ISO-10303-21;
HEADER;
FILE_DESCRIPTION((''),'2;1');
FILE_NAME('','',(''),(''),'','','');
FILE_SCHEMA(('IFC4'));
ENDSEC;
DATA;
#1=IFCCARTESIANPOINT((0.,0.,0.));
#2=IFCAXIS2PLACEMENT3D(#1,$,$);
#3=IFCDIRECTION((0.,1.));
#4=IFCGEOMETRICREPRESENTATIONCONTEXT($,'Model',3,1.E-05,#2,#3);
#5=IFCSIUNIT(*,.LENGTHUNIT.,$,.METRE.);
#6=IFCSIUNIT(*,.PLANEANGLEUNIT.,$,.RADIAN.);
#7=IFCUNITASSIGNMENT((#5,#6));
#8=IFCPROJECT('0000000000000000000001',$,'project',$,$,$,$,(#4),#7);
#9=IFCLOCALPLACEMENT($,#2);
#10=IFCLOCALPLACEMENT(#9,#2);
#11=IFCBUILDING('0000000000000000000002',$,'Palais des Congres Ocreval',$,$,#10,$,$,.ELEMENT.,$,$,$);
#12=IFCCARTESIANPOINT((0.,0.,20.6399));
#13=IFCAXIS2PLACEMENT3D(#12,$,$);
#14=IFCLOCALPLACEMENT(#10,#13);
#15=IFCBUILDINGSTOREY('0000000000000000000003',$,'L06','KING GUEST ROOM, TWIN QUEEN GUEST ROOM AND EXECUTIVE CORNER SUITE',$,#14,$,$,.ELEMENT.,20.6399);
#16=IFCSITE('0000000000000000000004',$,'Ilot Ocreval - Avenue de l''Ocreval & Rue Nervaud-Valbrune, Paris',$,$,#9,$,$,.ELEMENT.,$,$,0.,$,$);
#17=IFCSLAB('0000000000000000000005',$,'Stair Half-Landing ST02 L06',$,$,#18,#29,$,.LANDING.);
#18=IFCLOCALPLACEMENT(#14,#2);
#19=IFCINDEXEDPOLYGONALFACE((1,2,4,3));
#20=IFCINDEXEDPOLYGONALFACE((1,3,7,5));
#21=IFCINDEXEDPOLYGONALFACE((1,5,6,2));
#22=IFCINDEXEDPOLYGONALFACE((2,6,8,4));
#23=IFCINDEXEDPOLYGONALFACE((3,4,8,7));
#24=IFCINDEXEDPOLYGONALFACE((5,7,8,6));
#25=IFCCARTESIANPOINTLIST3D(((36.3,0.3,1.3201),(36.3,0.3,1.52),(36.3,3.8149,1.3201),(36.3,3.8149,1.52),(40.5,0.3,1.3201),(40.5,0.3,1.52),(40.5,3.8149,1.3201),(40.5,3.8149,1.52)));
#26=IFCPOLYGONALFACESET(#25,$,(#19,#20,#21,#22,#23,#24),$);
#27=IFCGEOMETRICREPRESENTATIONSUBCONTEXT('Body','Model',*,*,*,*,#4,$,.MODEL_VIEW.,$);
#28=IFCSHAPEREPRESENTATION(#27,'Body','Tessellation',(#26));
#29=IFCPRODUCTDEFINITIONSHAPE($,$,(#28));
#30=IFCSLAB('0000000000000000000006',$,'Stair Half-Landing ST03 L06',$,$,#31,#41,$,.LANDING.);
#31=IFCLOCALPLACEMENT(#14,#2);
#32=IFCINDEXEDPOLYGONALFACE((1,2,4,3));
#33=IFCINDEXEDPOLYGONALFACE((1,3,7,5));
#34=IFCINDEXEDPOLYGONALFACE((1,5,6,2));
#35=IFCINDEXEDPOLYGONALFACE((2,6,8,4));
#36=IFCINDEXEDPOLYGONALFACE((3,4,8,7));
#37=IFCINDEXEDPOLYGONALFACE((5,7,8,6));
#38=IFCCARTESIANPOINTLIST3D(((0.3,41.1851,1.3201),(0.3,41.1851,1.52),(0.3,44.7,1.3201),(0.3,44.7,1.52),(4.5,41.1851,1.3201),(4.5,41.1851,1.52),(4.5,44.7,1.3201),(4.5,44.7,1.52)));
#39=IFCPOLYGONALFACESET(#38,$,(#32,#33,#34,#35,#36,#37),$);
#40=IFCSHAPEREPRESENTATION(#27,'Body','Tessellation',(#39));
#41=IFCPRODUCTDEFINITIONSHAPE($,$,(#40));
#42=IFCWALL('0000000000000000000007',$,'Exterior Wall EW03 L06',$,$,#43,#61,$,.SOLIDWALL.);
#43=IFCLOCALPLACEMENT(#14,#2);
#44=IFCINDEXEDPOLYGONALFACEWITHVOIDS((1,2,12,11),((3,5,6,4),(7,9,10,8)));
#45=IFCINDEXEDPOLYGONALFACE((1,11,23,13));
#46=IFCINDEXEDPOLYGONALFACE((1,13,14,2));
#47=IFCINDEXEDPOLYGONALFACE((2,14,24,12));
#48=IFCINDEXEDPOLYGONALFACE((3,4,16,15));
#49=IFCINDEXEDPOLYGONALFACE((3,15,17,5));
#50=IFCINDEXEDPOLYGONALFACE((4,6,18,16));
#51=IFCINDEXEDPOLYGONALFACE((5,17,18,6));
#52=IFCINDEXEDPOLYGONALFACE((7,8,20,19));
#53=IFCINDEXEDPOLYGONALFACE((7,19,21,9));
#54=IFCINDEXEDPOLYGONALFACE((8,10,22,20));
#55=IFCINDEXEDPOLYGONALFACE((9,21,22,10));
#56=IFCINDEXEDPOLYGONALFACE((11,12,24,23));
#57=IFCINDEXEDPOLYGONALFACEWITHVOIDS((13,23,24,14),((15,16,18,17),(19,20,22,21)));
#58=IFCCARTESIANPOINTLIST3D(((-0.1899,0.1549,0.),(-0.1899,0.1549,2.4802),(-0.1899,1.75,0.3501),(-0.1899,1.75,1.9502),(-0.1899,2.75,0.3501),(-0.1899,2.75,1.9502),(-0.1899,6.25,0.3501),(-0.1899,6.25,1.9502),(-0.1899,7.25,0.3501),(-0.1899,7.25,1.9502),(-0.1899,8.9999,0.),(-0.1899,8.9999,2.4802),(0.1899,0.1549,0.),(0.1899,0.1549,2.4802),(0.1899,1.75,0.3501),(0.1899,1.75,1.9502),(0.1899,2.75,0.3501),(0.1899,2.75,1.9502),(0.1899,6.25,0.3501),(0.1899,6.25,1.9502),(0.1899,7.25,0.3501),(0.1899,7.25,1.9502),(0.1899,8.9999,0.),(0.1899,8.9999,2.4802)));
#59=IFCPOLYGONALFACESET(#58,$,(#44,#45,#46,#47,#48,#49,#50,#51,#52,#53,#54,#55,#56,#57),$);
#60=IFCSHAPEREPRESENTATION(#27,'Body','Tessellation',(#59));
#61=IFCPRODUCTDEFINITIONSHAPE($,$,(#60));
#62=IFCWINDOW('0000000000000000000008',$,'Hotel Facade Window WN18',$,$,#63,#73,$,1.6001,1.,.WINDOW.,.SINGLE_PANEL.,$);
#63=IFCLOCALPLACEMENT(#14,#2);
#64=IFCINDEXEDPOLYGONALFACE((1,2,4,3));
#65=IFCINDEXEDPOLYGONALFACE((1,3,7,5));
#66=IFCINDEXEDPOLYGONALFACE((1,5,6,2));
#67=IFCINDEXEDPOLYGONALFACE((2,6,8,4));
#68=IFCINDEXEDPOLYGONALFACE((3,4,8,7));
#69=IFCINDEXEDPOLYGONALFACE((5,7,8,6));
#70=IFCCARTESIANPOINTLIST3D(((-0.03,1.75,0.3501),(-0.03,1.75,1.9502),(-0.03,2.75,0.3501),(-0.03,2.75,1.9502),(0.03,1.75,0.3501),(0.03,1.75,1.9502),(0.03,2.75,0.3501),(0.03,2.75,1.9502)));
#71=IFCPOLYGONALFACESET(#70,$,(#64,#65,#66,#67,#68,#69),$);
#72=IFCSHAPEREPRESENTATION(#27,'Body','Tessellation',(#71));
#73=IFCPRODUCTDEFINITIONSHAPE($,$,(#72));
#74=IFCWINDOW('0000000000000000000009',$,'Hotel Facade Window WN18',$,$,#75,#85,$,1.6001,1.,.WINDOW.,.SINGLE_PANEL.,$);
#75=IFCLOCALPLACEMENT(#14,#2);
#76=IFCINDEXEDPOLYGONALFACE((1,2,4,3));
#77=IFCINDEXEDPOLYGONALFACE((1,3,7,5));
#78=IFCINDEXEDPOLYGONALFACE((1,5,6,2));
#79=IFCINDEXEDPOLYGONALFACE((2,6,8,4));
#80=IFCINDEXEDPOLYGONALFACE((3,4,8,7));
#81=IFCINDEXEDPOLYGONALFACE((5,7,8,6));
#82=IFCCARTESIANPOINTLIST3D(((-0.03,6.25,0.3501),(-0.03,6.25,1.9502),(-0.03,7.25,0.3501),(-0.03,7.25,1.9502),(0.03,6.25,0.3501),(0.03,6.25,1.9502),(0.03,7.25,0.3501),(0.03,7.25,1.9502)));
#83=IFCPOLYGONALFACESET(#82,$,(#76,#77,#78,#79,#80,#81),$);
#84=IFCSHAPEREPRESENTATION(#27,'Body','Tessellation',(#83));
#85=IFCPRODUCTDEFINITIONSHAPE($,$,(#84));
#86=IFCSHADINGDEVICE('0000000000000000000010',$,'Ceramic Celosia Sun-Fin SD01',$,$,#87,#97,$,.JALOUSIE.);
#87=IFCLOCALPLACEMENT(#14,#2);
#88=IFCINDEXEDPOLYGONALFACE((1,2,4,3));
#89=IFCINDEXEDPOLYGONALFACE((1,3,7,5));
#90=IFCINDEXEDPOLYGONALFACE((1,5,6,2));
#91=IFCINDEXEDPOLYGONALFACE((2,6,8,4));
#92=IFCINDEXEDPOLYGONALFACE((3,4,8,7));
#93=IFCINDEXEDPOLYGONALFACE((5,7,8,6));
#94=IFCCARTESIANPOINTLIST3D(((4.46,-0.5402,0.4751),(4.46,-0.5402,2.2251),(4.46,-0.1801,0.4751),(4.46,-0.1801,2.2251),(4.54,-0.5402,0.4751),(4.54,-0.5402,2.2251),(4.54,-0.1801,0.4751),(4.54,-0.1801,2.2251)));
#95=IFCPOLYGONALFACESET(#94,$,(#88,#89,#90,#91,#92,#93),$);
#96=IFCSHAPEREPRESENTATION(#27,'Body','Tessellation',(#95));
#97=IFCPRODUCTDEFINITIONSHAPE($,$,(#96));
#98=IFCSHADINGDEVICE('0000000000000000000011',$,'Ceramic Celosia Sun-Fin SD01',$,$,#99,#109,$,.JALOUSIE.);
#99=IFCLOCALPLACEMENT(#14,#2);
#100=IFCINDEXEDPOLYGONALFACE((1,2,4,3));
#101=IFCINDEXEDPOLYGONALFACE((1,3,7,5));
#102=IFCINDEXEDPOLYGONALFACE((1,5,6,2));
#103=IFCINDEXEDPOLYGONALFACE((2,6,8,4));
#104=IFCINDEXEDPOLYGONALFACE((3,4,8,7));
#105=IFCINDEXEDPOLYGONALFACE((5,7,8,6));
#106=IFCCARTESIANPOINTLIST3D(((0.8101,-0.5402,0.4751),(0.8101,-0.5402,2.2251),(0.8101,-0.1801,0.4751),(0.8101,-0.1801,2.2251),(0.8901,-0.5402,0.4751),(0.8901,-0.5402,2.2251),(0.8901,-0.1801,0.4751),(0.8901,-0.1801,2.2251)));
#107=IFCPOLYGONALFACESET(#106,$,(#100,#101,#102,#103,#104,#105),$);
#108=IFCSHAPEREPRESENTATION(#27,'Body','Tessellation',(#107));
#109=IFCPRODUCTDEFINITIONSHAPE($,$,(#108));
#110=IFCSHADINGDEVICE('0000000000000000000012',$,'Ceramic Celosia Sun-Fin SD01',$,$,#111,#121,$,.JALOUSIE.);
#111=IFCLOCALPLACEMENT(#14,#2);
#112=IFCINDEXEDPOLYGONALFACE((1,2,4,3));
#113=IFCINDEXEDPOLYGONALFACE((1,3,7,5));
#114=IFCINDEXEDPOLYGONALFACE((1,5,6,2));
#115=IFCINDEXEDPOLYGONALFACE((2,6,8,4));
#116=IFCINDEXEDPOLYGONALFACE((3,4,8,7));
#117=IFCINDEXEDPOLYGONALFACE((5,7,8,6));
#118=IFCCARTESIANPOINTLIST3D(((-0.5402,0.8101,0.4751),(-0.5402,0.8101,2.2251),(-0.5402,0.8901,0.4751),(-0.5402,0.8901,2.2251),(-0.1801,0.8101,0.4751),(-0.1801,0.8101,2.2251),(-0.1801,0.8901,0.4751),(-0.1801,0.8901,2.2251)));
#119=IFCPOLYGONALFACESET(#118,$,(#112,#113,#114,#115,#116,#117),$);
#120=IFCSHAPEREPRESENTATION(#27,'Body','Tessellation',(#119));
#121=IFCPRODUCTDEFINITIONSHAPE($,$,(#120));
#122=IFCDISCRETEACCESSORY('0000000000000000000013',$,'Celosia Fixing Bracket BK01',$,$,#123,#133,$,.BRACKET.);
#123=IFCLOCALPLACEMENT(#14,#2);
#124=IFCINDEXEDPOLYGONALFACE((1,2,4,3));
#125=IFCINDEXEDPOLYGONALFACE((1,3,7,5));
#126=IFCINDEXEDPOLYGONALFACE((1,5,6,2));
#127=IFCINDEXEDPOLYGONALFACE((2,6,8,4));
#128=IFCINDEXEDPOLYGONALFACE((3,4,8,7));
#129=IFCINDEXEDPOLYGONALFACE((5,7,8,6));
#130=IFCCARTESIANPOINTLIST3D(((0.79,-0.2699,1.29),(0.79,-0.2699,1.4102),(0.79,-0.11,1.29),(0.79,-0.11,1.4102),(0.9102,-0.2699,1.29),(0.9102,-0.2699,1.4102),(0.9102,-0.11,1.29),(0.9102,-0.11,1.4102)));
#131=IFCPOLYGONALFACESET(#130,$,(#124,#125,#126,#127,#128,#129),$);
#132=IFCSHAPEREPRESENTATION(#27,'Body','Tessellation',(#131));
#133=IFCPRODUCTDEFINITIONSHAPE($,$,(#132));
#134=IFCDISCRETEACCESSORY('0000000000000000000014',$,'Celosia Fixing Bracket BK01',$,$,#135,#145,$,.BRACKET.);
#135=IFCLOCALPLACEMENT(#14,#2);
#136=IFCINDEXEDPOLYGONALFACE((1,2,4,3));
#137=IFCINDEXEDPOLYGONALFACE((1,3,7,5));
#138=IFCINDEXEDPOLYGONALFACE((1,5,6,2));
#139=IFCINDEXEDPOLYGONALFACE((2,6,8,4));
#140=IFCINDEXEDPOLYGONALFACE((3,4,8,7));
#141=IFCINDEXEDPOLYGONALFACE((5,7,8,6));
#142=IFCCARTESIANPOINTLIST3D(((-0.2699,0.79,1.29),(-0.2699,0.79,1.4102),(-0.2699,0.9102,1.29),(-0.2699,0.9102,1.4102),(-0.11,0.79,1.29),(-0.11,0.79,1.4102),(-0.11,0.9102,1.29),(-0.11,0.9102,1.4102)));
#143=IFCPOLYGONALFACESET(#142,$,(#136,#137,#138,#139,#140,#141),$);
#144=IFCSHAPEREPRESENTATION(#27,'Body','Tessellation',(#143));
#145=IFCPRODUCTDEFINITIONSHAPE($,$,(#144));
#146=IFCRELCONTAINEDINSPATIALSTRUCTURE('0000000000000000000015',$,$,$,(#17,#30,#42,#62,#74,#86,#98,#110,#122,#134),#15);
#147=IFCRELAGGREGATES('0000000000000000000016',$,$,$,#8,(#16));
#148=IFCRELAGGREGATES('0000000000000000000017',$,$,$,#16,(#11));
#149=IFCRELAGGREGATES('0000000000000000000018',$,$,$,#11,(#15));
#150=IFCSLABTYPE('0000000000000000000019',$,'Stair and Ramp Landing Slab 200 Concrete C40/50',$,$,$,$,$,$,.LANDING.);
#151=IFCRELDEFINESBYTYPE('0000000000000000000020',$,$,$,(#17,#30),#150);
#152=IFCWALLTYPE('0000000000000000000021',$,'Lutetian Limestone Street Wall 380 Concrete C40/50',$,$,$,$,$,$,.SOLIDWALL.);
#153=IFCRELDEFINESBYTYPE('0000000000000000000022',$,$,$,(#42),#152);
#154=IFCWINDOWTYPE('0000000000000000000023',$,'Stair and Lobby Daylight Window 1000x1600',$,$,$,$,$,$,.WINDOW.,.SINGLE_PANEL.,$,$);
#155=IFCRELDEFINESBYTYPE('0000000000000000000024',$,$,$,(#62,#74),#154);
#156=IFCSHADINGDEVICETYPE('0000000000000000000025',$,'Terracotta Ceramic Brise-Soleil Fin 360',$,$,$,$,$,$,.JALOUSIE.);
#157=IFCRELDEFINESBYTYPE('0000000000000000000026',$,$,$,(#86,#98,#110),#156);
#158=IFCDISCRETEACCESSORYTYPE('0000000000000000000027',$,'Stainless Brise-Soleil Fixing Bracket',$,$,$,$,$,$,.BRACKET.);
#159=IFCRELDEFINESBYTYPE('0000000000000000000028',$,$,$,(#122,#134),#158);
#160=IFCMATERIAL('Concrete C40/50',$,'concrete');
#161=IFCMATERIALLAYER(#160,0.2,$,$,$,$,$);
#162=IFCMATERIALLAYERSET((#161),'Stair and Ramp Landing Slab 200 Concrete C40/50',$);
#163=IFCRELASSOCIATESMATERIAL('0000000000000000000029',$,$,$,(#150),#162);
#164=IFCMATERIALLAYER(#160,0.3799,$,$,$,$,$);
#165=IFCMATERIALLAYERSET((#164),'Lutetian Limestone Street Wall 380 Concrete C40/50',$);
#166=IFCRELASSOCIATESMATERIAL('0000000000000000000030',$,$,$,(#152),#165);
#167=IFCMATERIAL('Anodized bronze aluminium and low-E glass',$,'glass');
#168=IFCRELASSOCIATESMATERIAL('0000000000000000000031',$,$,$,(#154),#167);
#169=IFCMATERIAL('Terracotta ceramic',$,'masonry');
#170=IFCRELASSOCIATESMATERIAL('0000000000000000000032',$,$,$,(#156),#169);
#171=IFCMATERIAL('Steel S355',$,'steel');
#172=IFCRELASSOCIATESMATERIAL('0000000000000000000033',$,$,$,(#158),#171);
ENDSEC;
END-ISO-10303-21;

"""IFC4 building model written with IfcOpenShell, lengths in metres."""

from ifc_helpers import new_model, si_unit, direction, frame, frame_2d, origin, origin_2d, place, context, subcontext, project, spatial, polyline, rectangle, outline, extrude, material, layer, layer_set, type_object, element, fill, save


model = new_model("IFC4")

# Units and contexts
model_context = context("Model", 3, precision=1e-05, world=origin(), true_north=direction((0.0, 1.0)))
body_context = subcontext(model_context, "Body", "Model", "MODEL_VIEW")
ifc_project = project(units=[si_unit("LENGTHUNIT", "METRE"), si_unit("PLANEANGLEUNIT", "RADIAN")], contexts=[model_context])

# Site, building, storey
site_placement = place(None, origin())
site = spatial("IfcSite", under=ifc_project, at=site_placement, Name="Ilot Ocreval - Avenue de l'Ocreval & Rue Nervaud-Valbrune, Paris", CompositionType="ELEMENT", RefElevation=0.0)
building_placement = place(site_placement, origin())
building = spatial("IfcBuilding", under=site, at=building_placement, Name="Palais des Congres Ocreval", CompositionType="ELEMENT")
storey_placement = place(building_placement, frame((0.0, 0.0, 20.6399)))
storey = spatial("IfcBuildingStorey", under=building, at=storey_placement, Name="L06", Description="KING GUEST ROOM, TWIN QUEEN GUEST ROOM AND EXECUTIVE CORNER SUITE", CompositionType="ELEMENT", Elevation=20.6399)

# Shared definitions
ifc_material_1 = material(Name="Steel S355", Category="steel")

# Slabs
ifc_material_2 = material(Name="Concrete C40/50", Category="concrete")
ifc_layer_1 = layer(ifc_material_2, 0.2)
ifc_layer_set_1 = layer_set([ifc_layer_1], Name="Stair and Ramp Landing Slab 200 Concrete C40/50")
slab_type_1 = type_object("IfcSlabType", Name="Stair and Ramp Landing Slab 200 Concrete C40/50", PredefinedType="LANDING", material=ifc_layer_set_1)
slab_1_placement = place(storey_placement, frame((0.0, 0.0, 1.3201)))
element("IfcSlab", 1, at=slab_1_placement, inside=storey, type_object=slab_type_1, Name="Stair Half-Landing ST02 L06", PredefinedType="LANDING", context=body_context, shape_type="SweptSolid", body=[
    extrude(outline(polyline([(36.3, 0.3), (40.5, 0.3), (40.5, 3.8149), (36.3, 3.8149), (36.3, 0.3)])), origin(), (0.0, 0.0, 1.0), 0.2),
])
slab_2_placement = place(storey_placement, frame((0.0, 0.0, 1.3201)))
element("IfcSlab", 2, at=slab_2_placement, inside=storey, type_object=slab_type_1, Name="Stair Half-Landing ST03 L06", PredefinedType="LANDING", context=body_context, shape_type="SweptSolid", body=[
    extrude(outline(polyline([(0.3, 41.1851), (4.5, 41.1851), (4.5, 44.7), (0.3, 44.7), (0.3, 41.1851)])), origin(), (0.0, 0.0, 1.0), 0.2),
])

# Wall, openings, windows
ifc_layer_2 = layer(ifc_material_2, 0.3799)
ifc_layer_set_2 = layer_set([ifc_layer_2], Name="Lutetian Limestone Street Wall 380 Concrete C40/50")
wall_type = type_object("IfcWallType", Name="Lutetian Limestone Street Wall 380 Concrete C40/50", PredefinedType="SOLIDWALL", material=ifc_layer_set_2)
wall_placement = place(storey_placement, frame((0.0, 0.155, 0.0), z_axis=(0.0, 0.0, 1.0), x_axis=(0.0, 1.0, 0.0)))
wall = element("IfcWall", 3, at=wall_placement, inside=storey, type_object=wall_type, Name="Exterior Wall EW03 L06", PredefinedType="SOLIDWALL", context=body_context, shape_type="SweptSolid", body=[
    extrude(rectangle(XDim=8.845, YDim=0.3799, at=frame_2d((4.4224, 0.0))), origin(), (0.0, 0.0, 1.0), 2.4802),
])
opening_1_placement = place(wall_placement, frame((1.595, 0.0, 0.3501)))
opening_1 = element("IfcOpeningElement", 4, at=opening_1_placement, cuts=wall, PredefinedType="OPENING", context=body_context, shape_type="SweptSolid", body=[
    extrude(rectangle(XDim=1.0, YDim=1.6001, at=frame_2d((0.5, 0.8))), frame((0.0, 0.2, 0.0), z_axis=(0.0, -1.0, 0.0), x_axis=(1.0, 0.0, 0.0)), (0.0, 0.0, 1.0), 0.3999),
])
opening_2_placement = place(wall_placement, frame((6.095, 0.0, 0.3501)))
opening_2 = element("IfcOpeningElement", 5, at=opening_2_placement, cuts=wall, PredefinedType="OPENING", context=body_context, shape_type="SweptSolid", body=[
    extrude(rectangle(XDim=1.0, YDim=1.6001, at=frame_2d((0.5, 0.8))), frame((0.0, 0.2, 0.0), z_axis=(0.0, -1.0, 0.0), x_axis=(1.0, 0.0, 0.0)), (0.0, 0.0, 1.0), 0.3999),
])
ifc_material_3 = material(Name="Anodized bronze aluminium and low-E glass", Category="glass")
window_type = type_object("IfcWindowType", Name="Stair and Lobby Daylight Window 1000x1600", PartitioningType="SINGLE_PANEL", PredefinedType="WINDOW", material=ifc_material_3)
window_1_placement = place(opening_1_placement, origin())
window_1 = element("IfcWindow", 6, at=window_1_placement, inside=storey, type_object=window_type, Name="Hotel Facade Window WN18", OverallHeight=1.6001, OverallWidth=1.0, PartitioningType="SINGLE_PANEL", PredefinedType="WINDOW", context=body_context, shape_type="SweptSolid", body=[
    extrude(rectangle(XDim=1.0, YDim=1.6001, at=frame_2d((0.5, 0.8))), frame((0.0, 0.03, 0.0), z_axis=(0.0, -1.0, 0.0), x_axis=(1.0, 0.0, 0.0)), (0.0, 0.0, 1.0), 0.0601),
])
fill(opening_1, window_1)
window_2_placement = place(opening_2_placement, origin())
window_2 = element("IfcWindow", 7, at=window_2_placement, inside=storey, type_object=window_type, Name="Hotel Facade Window WN18", OverallHeight=1.6001, OverallWidth=1.0, PartitioningType="SINGLE_PANEL", PredefinedType="WINDOW", context=body_context, shape_type="SweptSolid", body=[
    extrude(rectangle(XDim=1.0, YDim=1.6001, at=frame_2d((0.5, 0.8))), frame((0.0, 0.03, 0.0), z_axis=(0.0, -1.0, 0.0), x_axis=(1.0, 0.0, 0.0)), (0.0, 0.0, 1.0), 0.0601),
])
fill(opening_2, window_2)

# Shading devices
ifc_material_4 = material(Name="Terracotta ceramic", Category="masonry")
shading_device_type = type_object("IfcShadingDeviceType", Name="Terracotta Ceramic Brise-Soleil Fin 360", PredefinedType="JALOUSIE", material=ifc_material_4)
for number, where, z_axis, x_axis, name in (
    (8, (4.5, -0.3601, 0.4751), (0.0, 0.0, 1.0), (0.0, -1.0, 0.0), "Ceramic Celosia Sun-Fin SD01"),
    (9, (0.8501, -0.3601, 0.4751), (0.0, 0.0, 1.0), (0.0, -1.0, 0.0), "Ceramic Celosia Sun-Fin SD01"),
    (10, (-0.3601, 0.8501, 0.4751), (0.0, 0.0, 1.0), (-1.0, 0.0, 0.0), "Ceramic Celosia Sun-Fin SD01"),
):
    element("IfcShadingDevice", number, at=place(storey_placement, frame(where, z_axis=z_axis, x_axis=x_axis)), inside=storey, type_object=shading_device_type, Name=name, PredefinedType="JALOUSIE", context=body_context, shape_type="SweptSolid", body=[
        extrude(rectangle(XDim=0.3601, YDim=0.0801, at=origin_2d()), origin(), (0.0, 0.0, 1.0), 1.75),
    ])

# Discrete accessories
discrete_accessory_type = type_object("IfcDiscreteAccessoryType", Name="Stainless Brise-Soleil Fixing Bracket", PredefinedType="BRACKET", material=ifc_material_1)
for number, where, z_axis, x_axis, name in (
    (11, (0.8501, -0.1899, 1.29), (0.0, 0.0, 1.0), (0.0, -1.0, 0.0), "Celosia Fixing Bracket BK01"),
    (12, (-0.1899, 0.8501, 1.29), (0.0, 0.0, 1.0), (-1.0, 0.0, 0.0), "Celosia Fixing Bracket BK01"),
):
    element("IfcDiscreteAccessory", number, at=place(storey_placement, frame(where, z_axis=z_axis, x_axis=x_axis)), inside=storey, type_object=discrete_accessory_type, Name=name, PredefinedType="BRACKET", context=body_context, shape_type="SweptSolid", body=[
        extrude(rectangle(XDim=0.1599, YDim=0.1201, at=origin_2d()), origin(), (0.0, 0.0, 1.0), 0.1201),
    ])

save(model, "model.ifc")
